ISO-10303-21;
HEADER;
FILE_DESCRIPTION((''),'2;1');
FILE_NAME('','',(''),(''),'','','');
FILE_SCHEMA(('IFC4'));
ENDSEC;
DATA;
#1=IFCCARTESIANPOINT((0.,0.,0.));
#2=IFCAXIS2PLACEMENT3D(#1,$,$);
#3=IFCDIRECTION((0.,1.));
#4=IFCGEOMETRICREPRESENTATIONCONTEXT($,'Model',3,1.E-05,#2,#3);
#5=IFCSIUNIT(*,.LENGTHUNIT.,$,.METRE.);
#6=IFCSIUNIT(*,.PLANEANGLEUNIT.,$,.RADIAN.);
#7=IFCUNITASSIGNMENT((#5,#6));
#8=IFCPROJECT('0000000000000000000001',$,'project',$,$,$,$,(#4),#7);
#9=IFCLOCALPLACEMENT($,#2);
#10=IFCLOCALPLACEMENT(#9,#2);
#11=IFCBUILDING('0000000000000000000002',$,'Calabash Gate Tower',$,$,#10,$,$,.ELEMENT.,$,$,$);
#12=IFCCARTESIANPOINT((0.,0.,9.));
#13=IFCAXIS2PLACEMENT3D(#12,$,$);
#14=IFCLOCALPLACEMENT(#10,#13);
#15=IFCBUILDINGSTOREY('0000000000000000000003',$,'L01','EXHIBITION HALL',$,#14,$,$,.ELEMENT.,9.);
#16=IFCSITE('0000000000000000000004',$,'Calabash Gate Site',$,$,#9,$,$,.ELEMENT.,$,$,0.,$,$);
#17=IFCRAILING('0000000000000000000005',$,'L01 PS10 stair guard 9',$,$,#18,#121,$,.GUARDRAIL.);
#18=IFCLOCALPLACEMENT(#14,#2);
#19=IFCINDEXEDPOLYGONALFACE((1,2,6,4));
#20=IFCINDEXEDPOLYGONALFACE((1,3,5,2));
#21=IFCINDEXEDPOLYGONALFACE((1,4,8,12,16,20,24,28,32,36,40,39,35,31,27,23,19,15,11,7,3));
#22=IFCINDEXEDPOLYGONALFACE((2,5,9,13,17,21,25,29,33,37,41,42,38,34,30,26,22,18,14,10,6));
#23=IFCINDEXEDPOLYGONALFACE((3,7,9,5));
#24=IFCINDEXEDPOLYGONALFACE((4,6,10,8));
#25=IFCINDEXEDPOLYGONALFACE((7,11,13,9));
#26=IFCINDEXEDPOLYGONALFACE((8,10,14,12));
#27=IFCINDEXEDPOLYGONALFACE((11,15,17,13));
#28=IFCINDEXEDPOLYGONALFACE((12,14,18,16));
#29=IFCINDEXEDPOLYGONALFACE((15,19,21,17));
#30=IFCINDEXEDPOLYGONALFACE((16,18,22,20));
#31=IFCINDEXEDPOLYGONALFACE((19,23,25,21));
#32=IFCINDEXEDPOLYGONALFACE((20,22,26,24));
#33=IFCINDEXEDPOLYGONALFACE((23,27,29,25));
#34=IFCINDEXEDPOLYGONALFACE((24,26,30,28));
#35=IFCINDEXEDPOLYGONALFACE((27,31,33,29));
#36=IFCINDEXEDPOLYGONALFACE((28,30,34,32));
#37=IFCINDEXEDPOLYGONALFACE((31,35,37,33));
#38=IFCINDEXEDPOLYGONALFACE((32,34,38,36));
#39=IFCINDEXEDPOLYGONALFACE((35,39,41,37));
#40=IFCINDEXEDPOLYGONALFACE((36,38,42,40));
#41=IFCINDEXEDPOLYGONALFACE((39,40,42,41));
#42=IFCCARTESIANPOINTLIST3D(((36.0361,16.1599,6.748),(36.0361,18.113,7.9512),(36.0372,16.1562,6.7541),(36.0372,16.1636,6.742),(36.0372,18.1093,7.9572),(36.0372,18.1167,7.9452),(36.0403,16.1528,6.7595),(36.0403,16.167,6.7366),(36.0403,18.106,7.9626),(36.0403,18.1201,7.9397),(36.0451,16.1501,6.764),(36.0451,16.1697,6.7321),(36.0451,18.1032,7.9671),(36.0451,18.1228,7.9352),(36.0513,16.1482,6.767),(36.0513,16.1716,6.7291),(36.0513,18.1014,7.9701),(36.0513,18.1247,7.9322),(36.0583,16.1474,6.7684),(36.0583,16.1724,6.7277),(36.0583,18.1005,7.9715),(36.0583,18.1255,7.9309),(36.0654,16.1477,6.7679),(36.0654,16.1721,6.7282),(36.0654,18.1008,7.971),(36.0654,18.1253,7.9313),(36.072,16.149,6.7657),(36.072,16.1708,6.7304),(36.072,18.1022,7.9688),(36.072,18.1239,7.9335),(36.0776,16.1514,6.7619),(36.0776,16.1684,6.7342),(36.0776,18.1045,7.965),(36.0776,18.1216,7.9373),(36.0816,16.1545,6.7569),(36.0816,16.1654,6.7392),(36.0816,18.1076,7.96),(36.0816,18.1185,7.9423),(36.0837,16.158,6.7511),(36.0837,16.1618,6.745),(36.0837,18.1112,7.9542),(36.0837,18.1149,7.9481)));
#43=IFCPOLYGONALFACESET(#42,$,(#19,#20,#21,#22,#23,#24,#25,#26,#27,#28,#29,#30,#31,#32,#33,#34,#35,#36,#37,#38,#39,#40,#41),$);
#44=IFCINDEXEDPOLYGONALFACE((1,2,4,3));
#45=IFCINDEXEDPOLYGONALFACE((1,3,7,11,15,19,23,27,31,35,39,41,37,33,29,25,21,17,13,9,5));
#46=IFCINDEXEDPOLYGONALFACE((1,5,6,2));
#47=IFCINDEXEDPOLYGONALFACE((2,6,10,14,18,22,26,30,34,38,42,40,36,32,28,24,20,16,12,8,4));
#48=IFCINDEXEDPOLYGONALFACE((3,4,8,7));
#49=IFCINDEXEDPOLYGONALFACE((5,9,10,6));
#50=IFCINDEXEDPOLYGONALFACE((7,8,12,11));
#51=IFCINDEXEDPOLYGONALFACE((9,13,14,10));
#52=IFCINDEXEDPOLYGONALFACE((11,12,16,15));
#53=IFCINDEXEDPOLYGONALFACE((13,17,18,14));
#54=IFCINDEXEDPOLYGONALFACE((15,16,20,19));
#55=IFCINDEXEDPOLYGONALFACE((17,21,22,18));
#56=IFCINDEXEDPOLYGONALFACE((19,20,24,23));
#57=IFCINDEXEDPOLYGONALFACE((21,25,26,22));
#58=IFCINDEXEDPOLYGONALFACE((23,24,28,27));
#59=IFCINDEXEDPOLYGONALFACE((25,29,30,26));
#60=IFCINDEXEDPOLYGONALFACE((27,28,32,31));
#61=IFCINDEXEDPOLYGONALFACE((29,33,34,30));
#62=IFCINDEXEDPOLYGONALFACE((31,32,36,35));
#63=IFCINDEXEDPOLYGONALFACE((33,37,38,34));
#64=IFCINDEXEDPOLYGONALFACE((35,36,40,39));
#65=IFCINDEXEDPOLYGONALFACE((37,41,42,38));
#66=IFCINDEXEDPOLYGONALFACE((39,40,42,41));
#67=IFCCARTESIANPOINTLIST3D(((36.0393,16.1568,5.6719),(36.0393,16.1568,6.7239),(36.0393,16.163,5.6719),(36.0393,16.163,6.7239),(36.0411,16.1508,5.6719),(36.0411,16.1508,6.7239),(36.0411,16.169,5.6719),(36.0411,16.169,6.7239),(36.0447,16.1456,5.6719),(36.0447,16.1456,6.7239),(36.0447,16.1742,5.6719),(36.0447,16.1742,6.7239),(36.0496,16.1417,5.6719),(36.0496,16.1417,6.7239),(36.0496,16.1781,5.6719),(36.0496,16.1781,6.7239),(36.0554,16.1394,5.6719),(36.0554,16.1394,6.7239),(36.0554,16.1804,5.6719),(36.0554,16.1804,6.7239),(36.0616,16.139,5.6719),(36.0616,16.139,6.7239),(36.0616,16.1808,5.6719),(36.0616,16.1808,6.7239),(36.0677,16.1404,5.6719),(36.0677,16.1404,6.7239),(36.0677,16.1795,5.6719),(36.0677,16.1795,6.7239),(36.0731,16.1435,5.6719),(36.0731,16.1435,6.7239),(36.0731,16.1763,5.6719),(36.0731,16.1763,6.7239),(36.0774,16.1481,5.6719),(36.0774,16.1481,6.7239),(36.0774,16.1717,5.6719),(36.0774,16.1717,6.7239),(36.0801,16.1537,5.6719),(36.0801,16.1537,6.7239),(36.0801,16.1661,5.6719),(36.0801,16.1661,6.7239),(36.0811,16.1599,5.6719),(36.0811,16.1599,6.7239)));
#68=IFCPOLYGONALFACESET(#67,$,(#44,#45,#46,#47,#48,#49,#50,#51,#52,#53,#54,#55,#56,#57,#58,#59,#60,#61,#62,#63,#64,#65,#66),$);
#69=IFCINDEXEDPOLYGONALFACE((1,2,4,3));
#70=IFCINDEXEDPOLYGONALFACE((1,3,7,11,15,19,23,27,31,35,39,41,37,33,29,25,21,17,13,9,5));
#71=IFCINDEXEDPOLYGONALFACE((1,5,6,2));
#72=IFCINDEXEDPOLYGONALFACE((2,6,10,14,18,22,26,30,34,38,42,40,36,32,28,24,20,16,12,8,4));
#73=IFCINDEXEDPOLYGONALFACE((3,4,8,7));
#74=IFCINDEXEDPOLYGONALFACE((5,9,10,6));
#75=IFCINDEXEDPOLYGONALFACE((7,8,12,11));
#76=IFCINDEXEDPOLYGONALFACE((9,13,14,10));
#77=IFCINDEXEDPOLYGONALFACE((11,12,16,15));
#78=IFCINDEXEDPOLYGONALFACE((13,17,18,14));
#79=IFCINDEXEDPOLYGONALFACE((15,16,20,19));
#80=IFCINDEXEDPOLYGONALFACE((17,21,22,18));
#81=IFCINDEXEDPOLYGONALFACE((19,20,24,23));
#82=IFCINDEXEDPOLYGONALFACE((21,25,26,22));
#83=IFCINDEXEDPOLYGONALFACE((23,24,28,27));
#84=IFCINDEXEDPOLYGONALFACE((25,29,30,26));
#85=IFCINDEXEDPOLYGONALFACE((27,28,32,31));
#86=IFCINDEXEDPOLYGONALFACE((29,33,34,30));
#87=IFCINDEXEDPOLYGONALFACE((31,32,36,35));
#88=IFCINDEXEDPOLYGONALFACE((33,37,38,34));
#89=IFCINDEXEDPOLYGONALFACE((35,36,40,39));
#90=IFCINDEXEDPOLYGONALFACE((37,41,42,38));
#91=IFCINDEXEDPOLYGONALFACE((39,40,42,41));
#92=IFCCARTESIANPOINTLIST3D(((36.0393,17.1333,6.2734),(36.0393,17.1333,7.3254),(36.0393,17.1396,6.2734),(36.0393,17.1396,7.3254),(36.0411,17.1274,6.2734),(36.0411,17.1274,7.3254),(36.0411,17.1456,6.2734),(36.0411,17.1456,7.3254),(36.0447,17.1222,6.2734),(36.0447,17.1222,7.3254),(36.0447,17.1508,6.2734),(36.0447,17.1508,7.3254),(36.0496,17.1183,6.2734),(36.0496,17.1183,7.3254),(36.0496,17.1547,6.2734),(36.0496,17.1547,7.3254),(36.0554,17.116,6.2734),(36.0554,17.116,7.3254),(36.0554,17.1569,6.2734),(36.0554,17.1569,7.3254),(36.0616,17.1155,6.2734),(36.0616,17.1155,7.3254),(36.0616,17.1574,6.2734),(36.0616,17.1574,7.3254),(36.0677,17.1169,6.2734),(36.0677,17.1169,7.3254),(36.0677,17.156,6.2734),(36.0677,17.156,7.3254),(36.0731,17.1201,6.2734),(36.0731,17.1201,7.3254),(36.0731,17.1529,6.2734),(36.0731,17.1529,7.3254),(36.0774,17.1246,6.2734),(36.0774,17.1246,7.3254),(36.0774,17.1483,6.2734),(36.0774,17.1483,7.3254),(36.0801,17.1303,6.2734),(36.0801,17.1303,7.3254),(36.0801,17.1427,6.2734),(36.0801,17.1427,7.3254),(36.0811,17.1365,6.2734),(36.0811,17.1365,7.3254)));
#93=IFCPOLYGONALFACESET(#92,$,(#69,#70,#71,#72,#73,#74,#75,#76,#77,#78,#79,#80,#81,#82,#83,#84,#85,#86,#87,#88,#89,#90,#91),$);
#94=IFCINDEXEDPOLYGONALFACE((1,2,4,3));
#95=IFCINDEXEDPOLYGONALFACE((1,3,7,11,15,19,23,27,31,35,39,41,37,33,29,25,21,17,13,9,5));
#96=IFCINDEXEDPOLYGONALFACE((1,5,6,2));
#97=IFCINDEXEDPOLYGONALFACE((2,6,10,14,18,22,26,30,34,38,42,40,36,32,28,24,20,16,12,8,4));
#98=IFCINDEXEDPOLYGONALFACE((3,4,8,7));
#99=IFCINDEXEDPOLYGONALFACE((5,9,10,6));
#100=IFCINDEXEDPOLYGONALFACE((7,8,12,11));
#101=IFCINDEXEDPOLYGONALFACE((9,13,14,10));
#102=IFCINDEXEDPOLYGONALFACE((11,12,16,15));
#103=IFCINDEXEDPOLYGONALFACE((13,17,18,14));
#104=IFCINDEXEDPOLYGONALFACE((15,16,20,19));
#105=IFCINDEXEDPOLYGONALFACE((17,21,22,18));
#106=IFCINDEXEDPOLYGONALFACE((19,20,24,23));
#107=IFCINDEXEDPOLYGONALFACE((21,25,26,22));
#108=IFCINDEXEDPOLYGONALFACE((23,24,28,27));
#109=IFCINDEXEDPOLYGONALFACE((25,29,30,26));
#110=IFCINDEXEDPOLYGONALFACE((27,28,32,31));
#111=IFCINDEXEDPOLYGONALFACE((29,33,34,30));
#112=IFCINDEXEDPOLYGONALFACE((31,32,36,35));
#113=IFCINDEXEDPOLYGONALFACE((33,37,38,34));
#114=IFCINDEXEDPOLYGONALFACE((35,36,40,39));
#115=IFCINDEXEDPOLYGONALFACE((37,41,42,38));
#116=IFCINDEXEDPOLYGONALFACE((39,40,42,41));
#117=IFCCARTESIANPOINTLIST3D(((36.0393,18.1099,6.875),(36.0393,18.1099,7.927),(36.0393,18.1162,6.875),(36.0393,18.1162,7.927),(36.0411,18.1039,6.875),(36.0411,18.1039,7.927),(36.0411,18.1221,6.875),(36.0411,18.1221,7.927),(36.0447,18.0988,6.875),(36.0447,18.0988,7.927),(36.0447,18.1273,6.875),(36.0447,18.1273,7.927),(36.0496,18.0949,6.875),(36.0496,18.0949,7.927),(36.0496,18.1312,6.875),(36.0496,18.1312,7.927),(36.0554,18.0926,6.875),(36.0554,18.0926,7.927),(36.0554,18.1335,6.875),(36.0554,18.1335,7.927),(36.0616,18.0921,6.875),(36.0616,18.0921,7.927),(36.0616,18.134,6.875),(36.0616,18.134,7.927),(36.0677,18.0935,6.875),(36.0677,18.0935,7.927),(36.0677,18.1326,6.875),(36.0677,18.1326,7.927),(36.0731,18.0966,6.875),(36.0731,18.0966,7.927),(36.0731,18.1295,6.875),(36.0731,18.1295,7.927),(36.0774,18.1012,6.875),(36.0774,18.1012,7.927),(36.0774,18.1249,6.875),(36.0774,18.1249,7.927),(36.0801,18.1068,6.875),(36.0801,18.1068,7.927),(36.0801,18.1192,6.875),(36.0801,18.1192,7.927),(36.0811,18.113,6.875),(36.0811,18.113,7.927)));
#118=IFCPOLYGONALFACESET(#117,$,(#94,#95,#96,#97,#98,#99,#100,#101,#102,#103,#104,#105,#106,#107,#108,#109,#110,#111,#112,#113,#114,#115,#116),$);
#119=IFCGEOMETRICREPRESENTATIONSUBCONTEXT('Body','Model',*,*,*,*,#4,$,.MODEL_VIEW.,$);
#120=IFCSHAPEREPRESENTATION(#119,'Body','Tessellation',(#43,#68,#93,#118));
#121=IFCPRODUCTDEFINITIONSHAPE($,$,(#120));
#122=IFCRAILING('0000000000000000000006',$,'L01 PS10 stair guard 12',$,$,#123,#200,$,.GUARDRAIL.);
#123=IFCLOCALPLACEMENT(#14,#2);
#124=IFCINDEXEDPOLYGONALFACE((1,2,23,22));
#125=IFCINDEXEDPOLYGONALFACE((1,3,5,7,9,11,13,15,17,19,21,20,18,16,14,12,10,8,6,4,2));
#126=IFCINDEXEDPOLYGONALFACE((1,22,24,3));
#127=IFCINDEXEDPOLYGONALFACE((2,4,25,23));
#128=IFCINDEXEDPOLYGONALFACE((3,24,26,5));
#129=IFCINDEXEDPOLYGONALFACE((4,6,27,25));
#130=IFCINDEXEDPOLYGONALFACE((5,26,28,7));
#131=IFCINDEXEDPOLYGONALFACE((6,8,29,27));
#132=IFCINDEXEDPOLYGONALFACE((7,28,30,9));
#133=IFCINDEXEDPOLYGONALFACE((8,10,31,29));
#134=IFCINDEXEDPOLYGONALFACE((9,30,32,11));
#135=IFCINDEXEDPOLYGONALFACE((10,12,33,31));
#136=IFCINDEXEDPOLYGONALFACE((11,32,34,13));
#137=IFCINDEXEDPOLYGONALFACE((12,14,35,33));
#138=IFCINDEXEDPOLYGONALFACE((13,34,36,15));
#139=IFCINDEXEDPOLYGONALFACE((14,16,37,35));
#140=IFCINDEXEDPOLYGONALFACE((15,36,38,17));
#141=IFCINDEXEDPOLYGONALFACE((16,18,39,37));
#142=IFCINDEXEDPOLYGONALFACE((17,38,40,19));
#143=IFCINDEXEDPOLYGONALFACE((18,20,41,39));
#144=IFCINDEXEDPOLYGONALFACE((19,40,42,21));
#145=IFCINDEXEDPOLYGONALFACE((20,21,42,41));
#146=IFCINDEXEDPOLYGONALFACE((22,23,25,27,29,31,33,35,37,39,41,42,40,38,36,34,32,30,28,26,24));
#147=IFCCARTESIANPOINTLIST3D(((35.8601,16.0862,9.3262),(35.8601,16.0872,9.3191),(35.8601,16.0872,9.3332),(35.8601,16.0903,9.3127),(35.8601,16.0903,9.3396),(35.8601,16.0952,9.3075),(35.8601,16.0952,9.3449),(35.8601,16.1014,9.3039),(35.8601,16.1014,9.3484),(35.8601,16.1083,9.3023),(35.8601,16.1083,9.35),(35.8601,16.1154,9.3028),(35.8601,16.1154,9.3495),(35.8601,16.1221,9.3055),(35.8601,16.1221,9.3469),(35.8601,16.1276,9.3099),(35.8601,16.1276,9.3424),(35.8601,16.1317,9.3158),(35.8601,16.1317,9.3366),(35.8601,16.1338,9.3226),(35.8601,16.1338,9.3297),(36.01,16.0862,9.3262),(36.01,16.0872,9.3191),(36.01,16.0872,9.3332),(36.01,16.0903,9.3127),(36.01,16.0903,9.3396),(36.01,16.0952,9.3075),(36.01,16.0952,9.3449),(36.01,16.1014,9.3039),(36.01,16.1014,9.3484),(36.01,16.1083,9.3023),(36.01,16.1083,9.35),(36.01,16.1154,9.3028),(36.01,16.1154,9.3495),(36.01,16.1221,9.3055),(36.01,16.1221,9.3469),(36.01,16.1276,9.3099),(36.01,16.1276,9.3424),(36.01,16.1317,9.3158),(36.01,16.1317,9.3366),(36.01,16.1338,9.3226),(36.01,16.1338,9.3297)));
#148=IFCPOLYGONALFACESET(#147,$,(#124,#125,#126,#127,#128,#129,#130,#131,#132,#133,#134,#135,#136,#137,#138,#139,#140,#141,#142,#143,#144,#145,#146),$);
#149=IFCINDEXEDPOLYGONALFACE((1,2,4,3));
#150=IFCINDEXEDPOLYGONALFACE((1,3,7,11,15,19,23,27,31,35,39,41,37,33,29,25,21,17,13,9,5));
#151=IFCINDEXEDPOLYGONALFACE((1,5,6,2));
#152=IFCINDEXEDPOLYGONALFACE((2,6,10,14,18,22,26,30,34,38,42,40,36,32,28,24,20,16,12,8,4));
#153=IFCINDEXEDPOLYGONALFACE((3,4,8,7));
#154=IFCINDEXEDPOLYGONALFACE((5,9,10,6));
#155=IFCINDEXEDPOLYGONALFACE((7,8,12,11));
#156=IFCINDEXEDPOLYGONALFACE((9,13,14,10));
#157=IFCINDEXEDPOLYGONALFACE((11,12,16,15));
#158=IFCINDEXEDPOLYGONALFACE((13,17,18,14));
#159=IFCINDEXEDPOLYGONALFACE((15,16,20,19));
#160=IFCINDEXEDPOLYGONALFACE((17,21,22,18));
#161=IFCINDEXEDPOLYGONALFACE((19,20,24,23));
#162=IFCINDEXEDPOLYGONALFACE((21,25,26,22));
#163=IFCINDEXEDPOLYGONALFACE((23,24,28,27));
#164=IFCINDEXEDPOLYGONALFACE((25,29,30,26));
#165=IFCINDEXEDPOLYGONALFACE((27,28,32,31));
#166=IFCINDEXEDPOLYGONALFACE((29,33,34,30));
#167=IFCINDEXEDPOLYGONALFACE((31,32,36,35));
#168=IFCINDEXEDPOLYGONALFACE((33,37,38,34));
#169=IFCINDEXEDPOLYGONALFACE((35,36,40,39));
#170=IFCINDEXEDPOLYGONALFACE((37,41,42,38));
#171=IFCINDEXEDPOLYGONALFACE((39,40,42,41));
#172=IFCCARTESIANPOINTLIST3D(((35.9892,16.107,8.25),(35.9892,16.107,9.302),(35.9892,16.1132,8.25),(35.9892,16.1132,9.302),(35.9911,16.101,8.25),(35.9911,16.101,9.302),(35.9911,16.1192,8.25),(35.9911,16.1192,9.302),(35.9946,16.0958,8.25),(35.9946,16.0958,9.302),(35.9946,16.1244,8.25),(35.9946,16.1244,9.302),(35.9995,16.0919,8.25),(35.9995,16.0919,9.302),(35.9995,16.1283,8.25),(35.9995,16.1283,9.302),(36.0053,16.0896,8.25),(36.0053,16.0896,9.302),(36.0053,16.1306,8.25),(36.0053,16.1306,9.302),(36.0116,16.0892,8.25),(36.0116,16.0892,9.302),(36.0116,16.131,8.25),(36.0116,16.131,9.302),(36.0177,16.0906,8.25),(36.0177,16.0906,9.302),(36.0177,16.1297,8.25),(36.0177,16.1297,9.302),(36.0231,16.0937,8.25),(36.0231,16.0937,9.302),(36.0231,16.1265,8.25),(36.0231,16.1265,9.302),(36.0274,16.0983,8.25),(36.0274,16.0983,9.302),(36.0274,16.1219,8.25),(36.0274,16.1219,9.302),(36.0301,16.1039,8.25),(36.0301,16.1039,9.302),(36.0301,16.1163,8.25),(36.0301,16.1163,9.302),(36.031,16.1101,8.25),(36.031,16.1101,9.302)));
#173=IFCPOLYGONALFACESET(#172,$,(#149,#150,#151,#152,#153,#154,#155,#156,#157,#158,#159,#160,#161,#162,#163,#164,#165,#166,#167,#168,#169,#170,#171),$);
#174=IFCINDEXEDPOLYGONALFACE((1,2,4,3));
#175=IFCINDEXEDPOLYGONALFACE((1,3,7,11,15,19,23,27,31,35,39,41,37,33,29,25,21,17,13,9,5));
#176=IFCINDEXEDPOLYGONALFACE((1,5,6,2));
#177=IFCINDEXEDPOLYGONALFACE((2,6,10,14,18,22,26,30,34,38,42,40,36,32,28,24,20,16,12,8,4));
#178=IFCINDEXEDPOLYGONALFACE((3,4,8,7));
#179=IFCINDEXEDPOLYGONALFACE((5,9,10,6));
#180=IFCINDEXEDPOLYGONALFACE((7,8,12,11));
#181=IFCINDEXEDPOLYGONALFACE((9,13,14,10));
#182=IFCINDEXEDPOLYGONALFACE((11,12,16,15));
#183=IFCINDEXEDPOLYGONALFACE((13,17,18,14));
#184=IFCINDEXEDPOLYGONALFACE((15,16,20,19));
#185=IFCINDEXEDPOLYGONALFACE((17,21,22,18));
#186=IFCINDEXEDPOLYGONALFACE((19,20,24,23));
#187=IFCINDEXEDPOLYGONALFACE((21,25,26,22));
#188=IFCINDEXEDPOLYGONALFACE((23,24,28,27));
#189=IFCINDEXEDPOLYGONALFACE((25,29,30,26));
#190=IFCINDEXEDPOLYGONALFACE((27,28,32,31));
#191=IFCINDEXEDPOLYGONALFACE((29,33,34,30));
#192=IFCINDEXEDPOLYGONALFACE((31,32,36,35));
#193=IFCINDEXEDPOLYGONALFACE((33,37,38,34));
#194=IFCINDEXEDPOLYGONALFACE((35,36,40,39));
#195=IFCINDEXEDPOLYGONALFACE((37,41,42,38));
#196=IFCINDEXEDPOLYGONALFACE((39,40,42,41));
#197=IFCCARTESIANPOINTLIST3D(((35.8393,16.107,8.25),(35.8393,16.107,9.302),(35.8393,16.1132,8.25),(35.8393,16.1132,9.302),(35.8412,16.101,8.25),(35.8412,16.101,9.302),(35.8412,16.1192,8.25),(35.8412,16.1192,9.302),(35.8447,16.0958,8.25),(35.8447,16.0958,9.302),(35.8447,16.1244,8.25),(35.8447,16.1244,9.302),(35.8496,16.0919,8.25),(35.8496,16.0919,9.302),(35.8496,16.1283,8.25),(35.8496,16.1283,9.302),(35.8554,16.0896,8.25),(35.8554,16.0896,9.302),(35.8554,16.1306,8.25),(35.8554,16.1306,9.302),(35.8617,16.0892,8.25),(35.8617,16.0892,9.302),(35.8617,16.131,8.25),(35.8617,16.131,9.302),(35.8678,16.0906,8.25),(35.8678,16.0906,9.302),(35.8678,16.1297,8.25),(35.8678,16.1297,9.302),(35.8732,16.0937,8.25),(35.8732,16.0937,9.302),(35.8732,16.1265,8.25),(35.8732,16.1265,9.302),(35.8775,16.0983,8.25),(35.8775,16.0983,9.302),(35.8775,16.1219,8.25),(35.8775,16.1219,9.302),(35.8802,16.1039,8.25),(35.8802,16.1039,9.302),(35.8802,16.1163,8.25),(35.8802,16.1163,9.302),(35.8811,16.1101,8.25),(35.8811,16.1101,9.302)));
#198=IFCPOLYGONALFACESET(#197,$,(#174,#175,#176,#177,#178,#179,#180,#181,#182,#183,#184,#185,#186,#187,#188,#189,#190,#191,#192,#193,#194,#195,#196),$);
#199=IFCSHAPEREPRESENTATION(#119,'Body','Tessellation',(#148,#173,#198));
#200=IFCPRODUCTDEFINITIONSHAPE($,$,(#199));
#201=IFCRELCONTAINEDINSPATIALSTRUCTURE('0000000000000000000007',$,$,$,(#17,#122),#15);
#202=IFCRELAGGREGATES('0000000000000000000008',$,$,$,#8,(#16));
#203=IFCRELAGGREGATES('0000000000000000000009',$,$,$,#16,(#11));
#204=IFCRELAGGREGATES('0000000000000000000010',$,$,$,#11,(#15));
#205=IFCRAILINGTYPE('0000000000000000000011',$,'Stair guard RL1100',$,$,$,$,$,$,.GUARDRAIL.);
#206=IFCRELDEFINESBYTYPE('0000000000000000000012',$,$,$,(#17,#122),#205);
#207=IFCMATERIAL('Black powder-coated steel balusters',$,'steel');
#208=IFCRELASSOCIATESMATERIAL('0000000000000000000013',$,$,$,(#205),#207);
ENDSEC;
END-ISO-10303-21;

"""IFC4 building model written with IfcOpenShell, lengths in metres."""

from ifc_helpers import new_model, si_unit, direction, frame, origin, origin_2d, place, context, subcontext, project, spatial, circle, extrude, material, type_object, element, save


model = new_model("IFC4")

# Units and contexts
model_context = context("Model", 3, precision=1e-05, world=origin(), true_north=direction((0.0, 1.0)))
body_context = subcontext(model_context, "Body", "Model", "MODEL_VIEW")
ifc_project = project(units=[si_unit("LENGTHUNIT", "METRE"), si_unit("PLANEANGLEUNIT", "RADIAN")], contexts=[model_context])

# Site, building, storey
site_placement = place(None, origin())
site = spatial("IfcSite", under=ifc_project, at=site_placement, Name="Calabash Gate Site", CompositionType="ELEMENT", RefElevation=0.0)
building_placement = place(site_placement, origin())
building = spatial("IfcBuilding", under=site, at=building_placement, Name="Calabash Gate Tower", CompositionType="ELEMENT")
storey_placement = place(building_placement, frame((0.0, 0.0, 9.0)))
storey = spatial("IfcBuildingStorey", under=building, at=storey_placement, Name="L01", Description="EXHIBITION HALL", CompositionType="ELEMENT", Elevation=9.0)

# Railings
ifc_material_1 = material(Name="Black powder-coated steel balusters", Category="steel")
railing_type = type_object("IfcRailingType", Name="Stair guard RL1100", PredefinedType="GUARDRAIL", material=ifc_material_1)
railing_1_placement = place(storey_placement, frame((36.0601, 16.1599, 5.6719)))
element("IfcRailing", 1, at=railing_1_placement, inside=storey, type_object=railing_type, Name="L01 PS10 stair guard 9", PredefinedType="GUARDRAIL", context=body_context, shape_type="SweptSolid", body=[
    extrude(circle(Radius=0.0239, at=origin_2d()), frame((0.0, 0.0, 1.0762), z_axis=(0.0, 0.851424, 0.524477), x_axis=(-1.0, 0.0, 0.0)), (0.0, 0.0, 1.0), 2.2939),
    extrude(circle(Radius=0.021, at=origin_2d()), origin(), (0.0, 0.0, 1.0), 1.052),
    extrude(circle(Radius=0.021, at=origin_2d()), frame((0.0, 0.9766, 0.6016)), (0.0, 0.0, 1.0), 1.052),
    extrude(circle(Radius=0.021, at=origin_2d()), frame((0.0, 1.9531, 1.2031)), (0.0, 0.0, 1.0), 1.052),
])
for number, where, name in (
    (2, (36.01, 16.1101, 8.25), "L01 PS10 stair guard 12"),
):
    element("IfcRailing", number, at=place(storey_placement, frame(where)), inside=storey, type_object=railing_type, Name=name, PredefinedType="GUARDRAIL", context=body_context, shape_type="SweptSolid", body=[
        extrude(circle(Radius=0.0239, at=origin_2d()), frame((0.0, 0.0, 1.0762), z_axis=(-1.0, 0.0, 0.0), x_axis=(0.0, -1.0, 0.0)), (0.0, 0.0, 1.0), 0.1499),
        extrude(circle(Radius=0.021, at=origin_2d()), origin(), (0.0, 0.0, 1.0), 1.052),
        extrude(circle(Radius=0.021, at=origin_2d()), frame((-0.1499, 0.0, 0.0)), (0.0, 0.0, 1.0), 1.052),
    ])

save(model, "model.ifc")
